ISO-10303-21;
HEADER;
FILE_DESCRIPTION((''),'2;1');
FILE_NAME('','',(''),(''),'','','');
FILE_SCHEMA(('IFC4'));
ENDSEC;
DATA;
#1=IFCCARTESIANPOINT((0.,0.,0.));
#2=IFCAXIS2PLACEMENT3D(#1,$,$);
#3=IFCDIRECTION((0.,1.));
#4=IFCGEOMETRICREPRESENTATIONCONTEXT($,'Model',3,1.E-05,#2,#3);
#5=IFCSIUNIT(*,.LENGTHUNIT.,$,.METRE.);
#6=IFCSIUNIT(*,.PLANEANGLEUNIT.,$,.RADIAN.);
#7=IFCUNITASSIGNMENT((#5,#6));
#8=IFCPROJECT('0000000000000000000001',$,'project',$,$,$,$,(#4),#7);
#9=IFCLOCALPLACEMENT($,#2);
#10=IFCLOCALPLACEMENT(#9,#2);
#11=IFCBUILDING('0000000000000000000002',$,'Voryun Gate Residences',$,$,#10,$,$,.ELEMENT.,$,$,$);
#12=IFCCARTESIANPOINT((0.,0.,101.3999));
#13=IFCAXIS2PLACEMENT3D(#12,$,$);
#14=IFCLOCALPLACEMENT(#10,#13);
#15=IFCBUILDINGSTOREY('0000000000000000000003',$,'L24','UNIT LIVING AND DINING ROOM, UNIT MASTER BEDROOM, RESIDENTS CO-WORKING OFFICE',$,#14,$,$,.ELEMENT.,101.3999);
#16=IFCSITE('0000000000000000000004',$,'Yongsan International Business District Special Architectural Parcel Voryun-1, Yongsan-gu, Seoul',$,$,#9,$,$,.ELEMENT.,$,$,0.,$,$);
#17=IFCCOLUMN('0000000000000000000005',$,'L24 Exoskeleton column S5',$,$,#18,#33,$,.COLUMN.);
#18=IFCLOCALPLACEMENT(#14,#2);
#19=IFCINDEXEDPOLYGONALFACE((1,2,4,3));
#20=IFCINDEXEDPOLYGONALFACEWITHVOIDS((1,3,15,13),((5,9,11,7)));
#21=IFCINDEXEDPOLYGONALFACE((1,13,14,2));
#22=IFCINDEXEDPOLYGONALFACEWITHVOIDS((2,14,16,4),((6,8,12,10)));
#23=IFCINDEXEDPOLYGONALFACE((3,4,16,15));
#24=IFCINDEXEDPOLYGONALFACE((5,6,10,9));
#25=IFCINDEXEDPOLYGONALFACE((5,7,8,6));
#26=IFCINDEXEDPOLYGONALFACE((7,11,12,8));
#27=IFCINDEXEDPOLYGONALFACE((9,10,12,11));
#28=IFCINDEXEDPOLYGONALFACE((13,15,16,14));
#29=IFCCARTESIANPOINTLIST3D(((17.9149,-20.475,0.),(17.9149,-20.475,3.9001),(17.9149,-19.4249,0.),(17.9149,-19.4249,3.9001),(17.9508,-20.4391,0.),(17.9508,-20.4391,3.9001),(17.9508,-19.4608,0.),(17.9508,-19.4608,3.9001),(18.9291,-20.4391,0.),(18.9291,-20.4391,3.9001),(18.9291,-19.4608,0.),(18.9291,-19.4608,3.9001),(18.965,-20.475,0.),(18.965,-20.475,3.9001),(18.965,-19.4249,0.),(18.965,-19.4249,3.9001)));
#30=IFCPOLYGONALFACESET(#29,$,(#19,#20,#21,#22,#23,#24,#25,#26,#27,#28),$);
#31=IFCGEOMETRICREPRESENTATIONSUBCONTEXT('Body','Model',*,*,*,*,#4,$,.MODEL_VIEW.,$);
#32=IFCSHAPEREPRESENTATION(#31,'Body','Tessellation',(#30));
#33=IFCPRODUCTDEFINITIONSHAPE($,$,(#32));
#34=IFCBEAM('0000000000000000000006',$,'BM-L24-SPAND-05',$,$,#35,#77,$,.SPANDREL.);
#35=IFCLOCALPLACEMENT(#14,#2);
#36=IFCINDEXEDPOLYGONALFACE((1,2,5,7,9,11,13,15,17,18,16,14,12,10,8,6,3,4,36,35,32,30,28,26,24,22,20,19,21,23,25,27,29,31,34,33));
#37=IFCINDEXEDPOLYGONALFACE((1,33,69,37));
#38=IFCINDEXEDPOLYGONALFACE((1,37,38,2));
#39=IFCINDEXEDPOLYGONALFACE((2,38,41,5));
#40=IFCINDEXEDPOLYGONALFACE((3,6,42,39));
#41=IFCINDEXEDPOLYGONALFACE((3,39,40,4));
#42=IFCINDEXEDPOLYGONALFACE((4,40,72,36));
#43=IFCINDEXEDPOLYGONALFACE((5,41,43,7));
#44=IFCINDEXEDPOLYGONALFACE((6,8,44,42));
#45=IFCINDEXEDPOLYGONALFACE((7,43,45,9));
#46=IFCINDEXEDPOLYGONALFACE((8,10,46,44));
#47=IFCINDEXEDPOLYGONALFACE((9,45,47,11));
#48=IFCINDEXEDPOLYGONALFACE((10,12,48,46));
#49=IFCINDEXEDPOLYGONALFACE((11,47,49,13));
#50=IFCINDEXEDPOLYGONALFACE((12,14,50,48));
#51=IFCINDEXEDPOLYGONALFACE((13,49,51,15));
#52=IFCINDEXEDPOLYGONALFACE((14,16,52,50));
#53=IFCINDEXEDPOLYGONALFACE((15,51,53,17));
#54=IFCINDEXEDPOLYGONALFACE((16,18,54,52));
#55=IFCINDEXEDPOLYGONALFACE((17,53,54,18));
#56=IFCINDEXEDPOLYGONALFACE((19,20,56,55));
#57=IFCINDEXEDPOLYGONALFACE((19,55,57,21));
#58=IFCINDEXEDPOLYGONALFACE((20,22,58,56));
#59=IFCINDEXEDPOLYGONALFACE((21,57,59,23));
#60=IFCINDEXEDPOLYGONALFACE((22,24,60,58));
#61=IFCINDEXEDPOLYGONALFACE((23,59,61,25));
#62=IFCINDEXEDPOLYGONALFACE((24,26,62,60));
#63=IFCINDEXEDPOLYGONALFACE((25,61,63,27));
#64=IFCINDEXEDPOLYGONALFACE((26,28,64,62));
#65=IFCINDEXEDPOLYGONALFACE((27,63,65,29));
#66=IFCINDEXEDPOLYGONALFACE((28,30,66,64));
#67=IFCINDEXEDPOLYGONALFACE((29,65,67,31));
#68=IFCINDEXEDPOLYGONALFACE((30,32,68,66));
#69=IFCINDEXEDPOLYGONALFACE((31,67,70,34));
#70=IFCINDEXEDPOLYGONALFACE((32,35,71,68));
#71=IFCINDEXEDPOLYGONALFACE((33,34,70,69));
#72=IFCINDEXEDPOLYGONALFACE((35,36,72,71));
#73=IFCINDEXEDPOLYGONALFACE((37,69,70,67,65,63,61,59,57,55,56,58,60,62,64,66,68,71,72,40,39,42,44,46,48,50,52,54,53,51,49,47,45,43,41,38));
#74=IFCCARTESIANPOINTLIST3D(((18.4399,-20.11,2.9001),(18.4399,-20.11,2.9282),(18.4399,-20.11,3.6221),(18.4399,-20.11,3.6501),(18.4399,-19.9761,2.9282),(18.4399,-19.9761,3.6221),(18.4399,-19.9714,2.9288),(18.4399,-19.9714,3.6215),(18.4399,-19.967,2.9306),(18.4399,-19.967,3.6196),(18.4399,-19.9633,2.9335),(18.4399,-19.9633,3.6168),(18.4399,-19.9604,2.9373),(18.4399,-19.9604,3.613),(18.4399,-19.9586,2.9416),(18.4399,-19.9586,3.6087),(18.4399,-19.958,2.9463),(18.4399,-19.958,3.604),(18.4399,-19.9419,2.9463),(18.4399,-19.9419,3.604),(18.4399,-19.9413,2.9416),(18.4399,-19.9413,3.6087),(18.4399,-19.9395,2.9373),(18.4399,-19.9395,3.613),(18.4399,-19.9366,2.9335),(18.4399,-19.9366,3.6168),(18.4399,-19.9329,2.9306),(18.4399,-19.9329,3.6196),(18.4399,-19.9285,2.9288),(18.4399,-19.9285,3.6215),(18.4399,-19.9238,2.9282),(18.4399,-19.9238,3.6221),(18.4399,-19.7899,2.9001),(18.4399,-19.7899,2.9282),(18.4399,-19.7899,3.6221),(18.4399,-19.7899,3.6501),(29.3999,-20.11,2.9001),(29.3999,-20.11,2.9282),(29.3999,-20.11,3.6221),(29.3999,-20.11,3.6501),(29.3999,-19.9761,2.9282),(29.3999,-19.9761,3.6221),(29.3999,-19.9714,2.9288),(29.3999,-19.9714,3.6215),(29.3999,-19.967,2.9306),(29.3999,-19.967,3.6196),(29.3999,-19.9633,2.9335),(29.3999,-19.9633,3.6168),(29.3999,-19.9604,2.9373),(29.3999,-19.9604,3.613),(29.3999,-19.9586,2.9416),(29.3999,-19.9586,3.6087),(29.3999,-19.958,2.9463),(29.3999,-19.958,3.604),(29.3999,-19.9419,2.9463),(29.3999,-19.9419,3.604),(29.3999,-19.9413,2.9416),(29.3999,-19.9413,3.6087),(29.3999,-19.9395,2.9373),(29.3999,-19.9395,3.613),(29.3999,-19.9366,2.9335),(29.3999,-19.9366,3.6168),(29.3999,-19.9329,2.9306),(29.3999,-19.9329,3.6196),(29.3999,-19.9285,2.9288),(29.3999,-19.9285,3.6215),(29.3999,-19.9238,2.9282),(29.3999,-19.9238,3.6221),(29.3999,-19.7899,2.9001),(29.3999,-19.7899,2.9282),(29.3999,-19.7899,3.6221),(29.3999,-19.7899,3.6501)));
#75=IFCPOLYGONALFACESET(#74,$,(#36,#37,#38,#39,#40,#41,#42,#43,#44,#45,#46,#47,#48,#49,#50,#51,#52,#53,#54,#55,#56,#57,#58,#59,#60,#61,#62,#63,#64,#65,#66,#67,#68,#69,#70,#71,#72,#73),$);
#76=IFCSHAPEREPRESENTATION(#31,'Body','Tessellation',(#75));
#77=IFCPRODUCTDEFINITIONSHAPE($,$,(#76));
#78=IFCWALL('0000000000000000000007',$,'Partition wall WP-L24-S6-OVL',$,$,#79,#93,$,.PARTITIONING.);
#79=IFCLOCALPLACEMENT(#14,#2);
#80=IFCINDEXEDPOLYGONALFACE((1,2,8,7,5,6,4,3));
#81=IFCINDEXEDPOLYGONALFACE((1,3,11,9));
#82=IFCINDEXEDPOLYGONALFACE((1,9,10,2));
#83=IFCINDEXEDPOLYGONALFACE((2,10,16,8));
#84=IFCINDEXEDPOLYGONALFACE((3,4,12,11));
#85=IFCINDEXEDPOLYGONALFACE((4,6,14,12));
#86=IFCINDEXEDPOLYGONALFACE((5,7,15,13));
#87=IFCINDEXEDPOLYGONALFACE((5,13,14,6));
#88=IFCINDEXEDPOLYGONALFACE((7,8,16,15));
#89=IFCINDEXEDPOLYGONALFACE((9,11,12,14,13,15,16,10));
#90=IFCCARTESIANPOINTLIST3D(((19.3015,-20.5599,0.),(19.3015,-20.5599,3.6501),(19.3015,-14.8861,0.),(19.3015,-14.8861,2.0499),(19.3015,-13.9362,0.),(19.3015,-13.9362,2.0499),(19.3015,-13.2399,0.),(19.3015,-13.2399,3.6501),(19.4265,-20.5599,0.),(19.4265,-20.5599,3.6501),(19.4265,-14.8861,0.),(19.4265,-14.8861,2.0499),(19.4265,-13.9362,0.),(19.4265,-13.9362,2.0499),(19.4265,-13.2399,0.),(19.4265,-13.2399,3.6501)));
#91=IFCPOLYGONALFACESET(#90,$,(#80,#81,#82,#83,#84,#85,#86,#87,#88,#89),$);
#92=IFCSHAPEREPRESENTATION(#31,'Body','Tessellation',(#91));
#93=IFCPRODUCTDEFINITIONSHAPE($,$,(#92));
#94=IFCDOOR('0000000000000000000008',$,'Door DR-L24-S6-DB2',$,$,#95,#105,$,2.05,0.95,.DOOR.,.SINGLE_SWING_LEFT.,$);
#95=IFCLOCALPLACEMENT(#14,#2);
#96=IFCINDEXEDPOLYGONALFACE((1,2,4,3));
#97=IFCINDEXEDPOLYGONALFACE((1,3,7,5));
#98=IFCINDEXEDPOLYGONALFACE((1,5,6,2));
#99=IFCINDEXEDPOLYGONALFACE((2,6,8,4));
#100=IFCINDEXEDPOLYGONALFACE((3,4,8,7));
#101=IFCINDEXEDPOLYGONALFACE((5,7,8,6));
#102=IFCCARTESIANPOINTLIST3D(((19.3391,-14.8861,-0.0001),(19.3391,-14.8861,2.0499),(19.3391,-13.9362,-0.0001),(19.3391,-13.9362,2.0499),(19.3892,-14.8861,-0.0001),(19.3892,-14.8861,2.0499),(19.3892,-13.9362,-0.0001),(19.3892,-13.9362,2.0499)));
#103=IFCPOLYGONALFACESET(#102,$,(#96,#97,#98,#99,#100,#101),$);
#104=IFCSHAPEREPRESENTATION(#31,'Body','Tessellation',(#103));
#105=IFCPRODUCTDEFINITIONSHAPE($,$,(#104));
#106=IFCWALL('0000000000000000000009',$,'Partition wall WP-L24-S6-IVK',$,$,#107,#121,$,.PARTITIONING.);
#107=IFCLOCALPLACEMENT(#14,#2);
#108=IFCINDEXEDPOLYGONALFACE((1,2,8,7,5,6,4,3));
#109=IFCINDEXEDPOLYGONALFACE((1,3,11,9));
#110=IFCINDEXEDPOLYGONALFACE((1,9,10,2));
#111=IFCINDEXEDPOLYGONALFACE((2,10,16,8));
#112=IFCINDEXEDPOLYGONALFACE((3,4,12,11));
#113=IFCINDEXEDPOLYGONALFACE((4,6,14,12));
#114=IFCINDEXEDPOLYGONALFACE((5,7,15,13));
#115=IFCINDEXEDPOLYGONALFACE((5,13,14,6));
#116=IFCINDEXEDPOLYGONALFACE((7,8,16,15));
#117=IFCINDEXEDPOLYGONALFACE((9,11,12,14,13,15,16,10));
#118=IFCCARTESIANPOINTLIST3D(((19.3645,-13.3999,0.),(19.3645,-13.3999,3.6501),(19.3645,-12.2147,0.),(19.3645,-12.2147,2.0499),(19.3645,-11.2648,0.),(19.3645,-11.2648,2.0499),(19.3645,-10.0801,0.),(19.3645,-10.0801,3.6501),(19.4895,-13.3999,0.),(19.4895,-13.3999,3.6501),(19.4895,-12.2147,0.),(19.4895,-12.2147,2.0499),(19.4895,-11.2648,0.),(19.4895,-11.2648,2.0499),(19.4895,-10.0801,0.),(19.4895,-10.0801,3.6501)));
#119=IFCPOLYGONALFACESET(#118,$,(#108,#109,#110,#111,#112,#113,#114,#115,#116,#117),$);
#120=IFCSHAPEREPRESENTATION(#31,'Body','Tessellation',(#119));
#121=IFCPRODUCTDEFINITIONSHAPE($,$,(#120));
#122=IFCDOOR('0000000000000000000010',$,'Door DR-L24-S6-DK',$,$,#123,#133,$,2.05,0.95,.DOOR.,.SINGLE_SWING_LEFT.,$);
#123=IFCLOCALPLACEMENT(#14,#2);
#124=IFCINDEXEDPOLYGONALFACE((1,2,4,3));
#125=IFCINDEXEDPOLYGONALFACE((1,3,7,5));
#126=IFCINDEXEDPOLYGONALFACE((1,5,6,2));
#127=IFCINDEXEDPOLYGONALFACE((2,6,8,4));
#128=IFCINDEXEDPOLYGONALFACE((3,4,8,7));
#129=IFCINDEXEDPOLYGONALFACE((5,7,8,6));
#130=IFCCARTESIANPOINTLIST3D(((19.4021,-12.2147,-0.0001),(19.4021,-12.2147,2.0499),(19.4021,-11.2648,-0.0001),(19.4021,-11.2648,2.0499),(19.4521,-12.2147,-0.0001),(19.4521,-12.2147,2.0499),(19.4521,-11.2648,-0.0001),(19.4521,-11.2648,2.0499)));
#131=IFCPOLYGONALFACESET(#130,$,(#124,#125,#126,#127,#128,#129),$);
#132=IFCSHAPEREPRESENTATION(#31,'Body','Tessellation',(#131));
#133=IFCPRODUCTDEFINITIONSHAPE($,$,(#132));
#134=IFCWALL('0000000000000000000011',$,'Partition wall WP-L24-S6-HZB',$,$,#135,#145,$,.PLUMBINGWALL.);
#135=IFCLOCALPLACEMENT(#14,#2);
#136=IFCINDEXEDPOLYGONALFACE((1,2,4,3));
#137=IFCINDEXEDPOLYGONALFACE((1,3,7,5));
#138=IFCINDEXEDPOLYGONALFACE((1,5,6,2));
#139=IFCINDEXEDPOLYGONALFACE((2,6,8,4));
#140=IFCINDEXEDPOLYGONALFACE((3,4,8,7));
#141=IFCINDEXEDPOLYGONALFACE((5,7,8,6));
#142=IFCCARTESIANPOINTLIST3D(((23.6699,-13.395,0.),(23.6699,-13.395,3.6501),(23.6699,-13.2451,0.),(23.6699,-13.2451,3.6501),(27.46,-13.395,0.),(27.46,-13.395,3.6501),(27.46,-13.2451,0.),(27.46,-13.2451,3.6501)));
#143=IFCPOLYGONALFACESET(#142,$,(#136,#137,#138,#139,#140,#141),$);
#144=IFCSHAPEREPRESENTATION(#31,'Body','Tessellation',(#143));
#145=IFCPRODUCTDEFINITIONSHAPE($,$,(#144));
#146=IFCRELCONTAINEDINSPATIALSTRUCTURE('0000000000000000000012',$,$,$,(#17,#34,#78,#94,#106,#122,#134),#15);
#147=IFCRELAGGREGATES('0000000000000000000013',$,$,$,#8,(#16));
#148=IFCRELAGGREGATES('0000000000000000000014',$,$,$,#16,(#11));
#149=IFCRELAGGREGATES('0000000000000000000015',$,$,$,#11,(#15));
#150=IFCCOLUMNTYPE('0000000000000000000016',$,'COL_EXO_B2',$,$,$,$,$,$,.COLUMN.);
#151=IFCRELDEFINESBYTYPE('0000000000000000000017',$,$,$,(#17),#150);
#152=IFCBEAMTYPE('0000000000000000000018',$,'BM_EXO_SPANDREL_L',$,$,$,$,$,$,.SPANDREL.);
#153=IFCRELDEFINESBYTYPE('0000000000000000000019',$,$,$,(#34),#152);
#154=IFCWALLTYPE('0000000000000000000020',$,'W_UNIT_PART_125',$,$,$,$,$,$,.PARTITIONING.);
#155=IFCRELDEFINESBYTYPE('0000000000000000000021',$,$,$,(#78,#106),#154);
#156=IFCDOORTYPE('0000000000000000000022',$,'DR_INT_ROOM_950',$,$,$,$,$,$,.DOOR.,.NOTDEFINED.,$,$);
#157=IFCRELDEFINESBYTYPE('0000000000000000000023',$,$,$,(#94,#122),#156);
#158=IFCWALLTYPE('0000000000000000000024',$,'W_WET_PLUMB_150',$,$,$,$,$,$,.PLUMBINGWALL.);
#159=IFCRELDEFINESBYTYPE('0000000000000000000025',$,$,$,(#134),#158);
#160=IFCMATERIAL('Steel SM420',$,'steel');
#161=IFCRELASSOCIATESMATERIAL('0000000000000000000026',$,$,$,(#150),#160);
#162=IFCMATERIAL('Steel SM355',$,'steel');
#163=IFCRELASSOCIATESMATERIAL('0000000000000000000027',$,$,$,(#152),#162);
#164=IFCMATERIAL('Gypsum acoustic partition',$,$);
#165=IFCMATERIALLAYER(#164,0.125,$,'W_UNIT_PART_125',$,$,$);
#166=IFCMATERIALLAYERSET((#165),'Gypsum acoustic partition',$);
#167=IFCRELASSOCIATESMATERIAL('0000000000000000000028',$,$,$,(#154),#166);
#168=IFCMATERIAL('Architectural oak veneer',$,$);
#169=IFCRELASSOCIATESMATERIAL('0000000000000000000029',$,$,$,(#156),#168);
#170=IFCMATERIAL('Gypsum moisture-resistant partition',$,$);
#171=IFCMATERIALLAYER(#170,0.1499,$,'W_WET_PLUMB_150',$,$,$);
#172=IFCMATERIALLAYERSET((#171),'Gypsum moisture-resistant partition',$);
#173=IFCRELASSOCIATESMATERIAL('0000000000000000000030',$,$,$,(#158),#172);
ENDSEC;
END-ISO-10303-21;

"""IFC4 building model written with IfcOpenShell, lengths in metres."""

from ifc_helpers import new_model, si_unit, direction, frame, frame_2d, origin, origin_2d, place, context, subcontext, project, spatial, rectangle, hollow_rectangle, i_section, extrude, material, layer, layer_set, material_profile, profile_set, type_object, element, fill, save


model = new_model("IFC4")

# Units and contexts
model_context = context("Model", 3, precision=1e-05, world=origin(), true_north=direction((0.0, 1.0)))
body_context = subcontext(model_context, "Body", "Model", "MODEL_VIEW")
ifc_project = project(units=[si_unit("LENGTHUNIT", "METRE"), si_unit("PLANEANGLEUNIT", "RADIAN")], contexts=[model_context])

# Site, building, storey
site_placement = place(None, origin())
site = spatial("IfcSite", under=ifc_project, at=site_placement, Name="Yongsan International Business District Special Architectural Parcel Voryun-1, Yongsan-gu, Seoul", CompositionType="ELEMENT", RefElevation=0.0)
building_placement = place(site_placement, origin())
building = spatial("IfcBuilding", under=site, at=building_placement, Name="Voryun Gate Residences", CompositionType="ELEMENT")
storey_placement = place(building_placement, frame((0.0, 0.0, 101.3999)))
storey = spatial("IfcBuildingStorey", under=building, at=storey_placement, Name="L24", Description="UNIT LIVING AND DINING ROOM, UNIT MASTER BEDROOM, RESIDENTS CO-WORKING OFFICE", CompositionType="ELEMENT", Elevation=101.3999)

# Column
ifc_material_1 = material(Name="Steel SM420", Category="steel")
ifc_material_profile_1 = material_profile(ifc_material_1, hollow_rectangle(XDim=1.05, YDim=1.05, WallThickness=0.0359, at=origin_2d()), Name="BOX-1050x1050x36")
ifc_profile_set_1 = profile_set([ifc_material_profile_1], Name="Steel SM420")
column_type = type_object("IfcColumnType", Name="COL_EXO_B2", PredefinedType="COLUMN", material=ifc_profile_set_1)
column_placement = place(storey_placement, frame((18.4399, -19.95, 0.0), z_axis=(0.0, 0.0, 1.0), x_axis=(1.0, 0.0, 0.0)))
element("IfcColumn", 1, at=column_placement, inside=storey, type_object=column_type, Name="L24 Exoskeleton column S5", PredefinedType="COLUMN", context=body_context, shape_type="SweptSolid", body=[
    extrude(hollow_rectangle(XDim=1.05, YDim=1.05, WallThickness=0.0359, at=origin_2d()), origin(), (0.0, 0.0, 1.0), 3.9001),
])

# Beam
ifc_material_2 = material(Name="Steel SM355", Category="steel")
ifc_material_profile_2 = material_profile(ifc_material_2, i_section(OverallWidth=0.3201, OverallDepth=0.75, WebThickness=0.0161, FlangeThickness=0.0281, FilletRadius=0.0181, at=origin_2d()), Name="H-750x320x16x28")
ifc_profile_set_2 = profile_set([ifc_material_profile_2], Name="Steel SM355")
beam_type = type_object("IfcBeamType", Name="BM_EXO_SPANDREL_L", PredefinedType="SPANDREL", material=ifc_profile_set_2)
beam_placement = place(storey_placement, frame((18.4399, -19.95, 3.2751), z_axis=(1.0, 0.0, 0.0), x_axis=(0.0, 1.0, 0.0)))
element("IfcBeam", 2, at=beam_placement, inside=storey, type_object=beam_type, Name="BM-L24-SPAND-05", PredefinedType="SPANDREL", context=body_context, shape_type="SweptSolid", body=[
    extrude(i_section(OverallWidth=0.3201, OverallDepth=0.75, WebThickness=0.0161, FlangeThickness=0.0281, FilletRadius=0.0181, at=origin_2d()), origin(), (0.0, 0.0, 1.0), 10.96),
])

# Walls, openings, doors
ifc_material_3 = material(Name="Gypsum acoustic partition")
ifc_layer_1 = layer(ifc_material_3, 0.125, Name="W_UNIT_PART_125")
ifc_layer_set_1 = layer_set([ifc_layer_1], Name="Gypsum acoustic partition")
wall_type_1 = type_object("IfcWallType", Name="W_UNIT_PART_125", PredefinedType="PARTITIONING", material=ifc_layer_set_1)
wall_1_placement = place(storey_placement, frame((19.364, -20.5601, 0.0), z_axis=(0.0, 0.0, 1.0), x_axis=(0.0, 1.0, 0.0)))
wall_1 = element("IfcWall", 3, at=wall_1_placement, inside=storey, type_object=wall_type_1, Name="Partition wall WP-L24-S6-OVL", PredefinedType="PARTITIONING", context=body_context, shape_type="SweptSolid", body=[
    extrude(rectangle(XDim=7.3201, YDim=0.125, at=frame_2d((3.6602, 0.0))), origin(), (0.0, 0.0, 1.0), 3.6501),
])
opening_1_placement = place(wall_1_placement, frame((5.6738, 0.0, 0.0)))
opening_1 = element("IfcOpeningElement", 4, at=opening_1_placement, cuts=wall_1, PredefinedType="OPENING", context=body_context, shape_type="SweptSolid", body=[
    extrude(rectangle(XDim=0.95, YDim=2.05, at=frame_2d((0.4751, 1.0249))), frame((0.0, 0.0725, 0.0), z_axis=(0.0, -1.0, 0.0), x_axis=(1.0, 0.0, 0.0)), (0.0, 0.0, 1.0), 0.145),
])
ifc_material_4 = material(Name="Architectural oak veneer")
door_type = type_object("IfcDoorType", Name="DR_INT_ROOM_950", OperationType="NOTDEFINED", PredefinedType="DOOR", material=ifc_material_4)
door_1_placement = place(opening_1_placement, origin())
door_1 = element("IfcDoor", 5, at=door_1_placement, inside=storey, type_object=door_type, Name="Door DR-L24-S6-DB2", OperationType="SINGLE_SWING_LEFT", OverallHeight=2.05, OverallWidth=0.95, PredefinedType="DOOR", context=body_context, shape_type="SweptSolid", body=[
    extrude(rectangle(XDim=0.95, YDim=2.05, at=frame_2d((0.4751, 1.0249))), frame((0.0, 0.0249, 0.0), z_axis=(0.0, -1.0, 0.0), x_axis=(1.0, 0.0, 0.0)), (0.0, 0.0, 1.0), 0.05),
])
fill(opening_1, door_1)
wall_2_placement = place(storey_placement, frame((19.427, -13.3999, 0.0), z_axis=(0.0, 0.0, 1.0), x_axis=(0.0, 1.0, 0.0)))
wall_2 = element("IfcWall", 6, at=wall_2_placement, inside=storey, type_object=wall_type_1, Name="Partition wall WP-L24-S6-IVK", PredefinedType="PARTITIONING", context=body_context, shape_type="SweptSolid", body=[
    extrude(rectangle(XDim=3.3198, YDim=0.125, at=frame_2d((1.6599, 0.0))), origin(), (0.0, 0.0, 1.0), 3.6501),
])
opening_2_placement = place(wall_2_placement, frame((1.1851, 0.0, 0.0)))
opening_2 = element("IfcOpeningElement", 7, at=opening_2_placement, cuts=wall_2, PredefinedType="OPENING", context=body_context, shape_type="SweptSolid", body=[
    extrude(rectangle(XDim=0.95, YDim=2.05, at=frame_2d((0.4751, 1.0249))), frame((0.0, 0.0725, 0.0), z_axis=(0.0, -1.0, 0.0), x_axis=(1.0, 0.0, 0.0)), (0.0, 0.0, 1.0), 0.145),
])
door_2_placement = place(opening_2_placement, origin())
door_2 = element("IfcDoor", 8, at=door_2_placement, inside=storey, type_object=door_type, Name="Door DR-L24-S6-DK", OperationType="SINGLE_SWING_LEFT", OverallHeight=2.05, OverallWidth=0.95, PredefinedType="DOOR", context=body_context, shape_type="SweptSolid", body=[
    extrude(rectangle(XDim=0.95, YDim=2.05, at=frame_2d((0.4751, 1.0249))), frame((0.0, 0.0249, 0.0), z_axis=(0.0, -1.0, 0.0), x_axis=(1.0, 0.0, 0.0)), (0.0, 0.0, 1.0), 0.05),
])
fill(opening_2, door_2)

# Wall
ifc_material_5 = material(Name="Gypsum moisture-resistant partition")
ifc_layer_2 = layer(ifc_material_5, 0.1499, Name="W_WET_PLUMB_150")
ifc_layer_set_2 = layer_set([ifc_layer_2], Name="Gypsum moisture-resistant partition")
wall_type_2 = type_object("IfcWallType", Name="W_WET_PLUMB_150", PredefinedType="PLUMBINGWALL", material=ifc_layer_set_2)
wall_3_placement = place(storey_placement, frame((23.6699, -13.3201, 0.0), z_axis=(0.0, 0.0, 1.0), x_axis=(1.0, 0.0, 0.0)))
element("IfcWall", 9, at=wall_3_placement, inside=storey, type_object=wall_type_2, Name="Partition wall WP-L24-S6-HZB", PredefinedType="PLUMBINGWALL", context=body_context, shape_type="SweptSolid", body=[
    extrude(rectangle(XDim=3.79, YDim=0.1499, at=frame_2d((1.895, 0.0))), origin(), (0.0, 0.0, 1.0), 3.6501),
])

save(model, "model.ifc")
